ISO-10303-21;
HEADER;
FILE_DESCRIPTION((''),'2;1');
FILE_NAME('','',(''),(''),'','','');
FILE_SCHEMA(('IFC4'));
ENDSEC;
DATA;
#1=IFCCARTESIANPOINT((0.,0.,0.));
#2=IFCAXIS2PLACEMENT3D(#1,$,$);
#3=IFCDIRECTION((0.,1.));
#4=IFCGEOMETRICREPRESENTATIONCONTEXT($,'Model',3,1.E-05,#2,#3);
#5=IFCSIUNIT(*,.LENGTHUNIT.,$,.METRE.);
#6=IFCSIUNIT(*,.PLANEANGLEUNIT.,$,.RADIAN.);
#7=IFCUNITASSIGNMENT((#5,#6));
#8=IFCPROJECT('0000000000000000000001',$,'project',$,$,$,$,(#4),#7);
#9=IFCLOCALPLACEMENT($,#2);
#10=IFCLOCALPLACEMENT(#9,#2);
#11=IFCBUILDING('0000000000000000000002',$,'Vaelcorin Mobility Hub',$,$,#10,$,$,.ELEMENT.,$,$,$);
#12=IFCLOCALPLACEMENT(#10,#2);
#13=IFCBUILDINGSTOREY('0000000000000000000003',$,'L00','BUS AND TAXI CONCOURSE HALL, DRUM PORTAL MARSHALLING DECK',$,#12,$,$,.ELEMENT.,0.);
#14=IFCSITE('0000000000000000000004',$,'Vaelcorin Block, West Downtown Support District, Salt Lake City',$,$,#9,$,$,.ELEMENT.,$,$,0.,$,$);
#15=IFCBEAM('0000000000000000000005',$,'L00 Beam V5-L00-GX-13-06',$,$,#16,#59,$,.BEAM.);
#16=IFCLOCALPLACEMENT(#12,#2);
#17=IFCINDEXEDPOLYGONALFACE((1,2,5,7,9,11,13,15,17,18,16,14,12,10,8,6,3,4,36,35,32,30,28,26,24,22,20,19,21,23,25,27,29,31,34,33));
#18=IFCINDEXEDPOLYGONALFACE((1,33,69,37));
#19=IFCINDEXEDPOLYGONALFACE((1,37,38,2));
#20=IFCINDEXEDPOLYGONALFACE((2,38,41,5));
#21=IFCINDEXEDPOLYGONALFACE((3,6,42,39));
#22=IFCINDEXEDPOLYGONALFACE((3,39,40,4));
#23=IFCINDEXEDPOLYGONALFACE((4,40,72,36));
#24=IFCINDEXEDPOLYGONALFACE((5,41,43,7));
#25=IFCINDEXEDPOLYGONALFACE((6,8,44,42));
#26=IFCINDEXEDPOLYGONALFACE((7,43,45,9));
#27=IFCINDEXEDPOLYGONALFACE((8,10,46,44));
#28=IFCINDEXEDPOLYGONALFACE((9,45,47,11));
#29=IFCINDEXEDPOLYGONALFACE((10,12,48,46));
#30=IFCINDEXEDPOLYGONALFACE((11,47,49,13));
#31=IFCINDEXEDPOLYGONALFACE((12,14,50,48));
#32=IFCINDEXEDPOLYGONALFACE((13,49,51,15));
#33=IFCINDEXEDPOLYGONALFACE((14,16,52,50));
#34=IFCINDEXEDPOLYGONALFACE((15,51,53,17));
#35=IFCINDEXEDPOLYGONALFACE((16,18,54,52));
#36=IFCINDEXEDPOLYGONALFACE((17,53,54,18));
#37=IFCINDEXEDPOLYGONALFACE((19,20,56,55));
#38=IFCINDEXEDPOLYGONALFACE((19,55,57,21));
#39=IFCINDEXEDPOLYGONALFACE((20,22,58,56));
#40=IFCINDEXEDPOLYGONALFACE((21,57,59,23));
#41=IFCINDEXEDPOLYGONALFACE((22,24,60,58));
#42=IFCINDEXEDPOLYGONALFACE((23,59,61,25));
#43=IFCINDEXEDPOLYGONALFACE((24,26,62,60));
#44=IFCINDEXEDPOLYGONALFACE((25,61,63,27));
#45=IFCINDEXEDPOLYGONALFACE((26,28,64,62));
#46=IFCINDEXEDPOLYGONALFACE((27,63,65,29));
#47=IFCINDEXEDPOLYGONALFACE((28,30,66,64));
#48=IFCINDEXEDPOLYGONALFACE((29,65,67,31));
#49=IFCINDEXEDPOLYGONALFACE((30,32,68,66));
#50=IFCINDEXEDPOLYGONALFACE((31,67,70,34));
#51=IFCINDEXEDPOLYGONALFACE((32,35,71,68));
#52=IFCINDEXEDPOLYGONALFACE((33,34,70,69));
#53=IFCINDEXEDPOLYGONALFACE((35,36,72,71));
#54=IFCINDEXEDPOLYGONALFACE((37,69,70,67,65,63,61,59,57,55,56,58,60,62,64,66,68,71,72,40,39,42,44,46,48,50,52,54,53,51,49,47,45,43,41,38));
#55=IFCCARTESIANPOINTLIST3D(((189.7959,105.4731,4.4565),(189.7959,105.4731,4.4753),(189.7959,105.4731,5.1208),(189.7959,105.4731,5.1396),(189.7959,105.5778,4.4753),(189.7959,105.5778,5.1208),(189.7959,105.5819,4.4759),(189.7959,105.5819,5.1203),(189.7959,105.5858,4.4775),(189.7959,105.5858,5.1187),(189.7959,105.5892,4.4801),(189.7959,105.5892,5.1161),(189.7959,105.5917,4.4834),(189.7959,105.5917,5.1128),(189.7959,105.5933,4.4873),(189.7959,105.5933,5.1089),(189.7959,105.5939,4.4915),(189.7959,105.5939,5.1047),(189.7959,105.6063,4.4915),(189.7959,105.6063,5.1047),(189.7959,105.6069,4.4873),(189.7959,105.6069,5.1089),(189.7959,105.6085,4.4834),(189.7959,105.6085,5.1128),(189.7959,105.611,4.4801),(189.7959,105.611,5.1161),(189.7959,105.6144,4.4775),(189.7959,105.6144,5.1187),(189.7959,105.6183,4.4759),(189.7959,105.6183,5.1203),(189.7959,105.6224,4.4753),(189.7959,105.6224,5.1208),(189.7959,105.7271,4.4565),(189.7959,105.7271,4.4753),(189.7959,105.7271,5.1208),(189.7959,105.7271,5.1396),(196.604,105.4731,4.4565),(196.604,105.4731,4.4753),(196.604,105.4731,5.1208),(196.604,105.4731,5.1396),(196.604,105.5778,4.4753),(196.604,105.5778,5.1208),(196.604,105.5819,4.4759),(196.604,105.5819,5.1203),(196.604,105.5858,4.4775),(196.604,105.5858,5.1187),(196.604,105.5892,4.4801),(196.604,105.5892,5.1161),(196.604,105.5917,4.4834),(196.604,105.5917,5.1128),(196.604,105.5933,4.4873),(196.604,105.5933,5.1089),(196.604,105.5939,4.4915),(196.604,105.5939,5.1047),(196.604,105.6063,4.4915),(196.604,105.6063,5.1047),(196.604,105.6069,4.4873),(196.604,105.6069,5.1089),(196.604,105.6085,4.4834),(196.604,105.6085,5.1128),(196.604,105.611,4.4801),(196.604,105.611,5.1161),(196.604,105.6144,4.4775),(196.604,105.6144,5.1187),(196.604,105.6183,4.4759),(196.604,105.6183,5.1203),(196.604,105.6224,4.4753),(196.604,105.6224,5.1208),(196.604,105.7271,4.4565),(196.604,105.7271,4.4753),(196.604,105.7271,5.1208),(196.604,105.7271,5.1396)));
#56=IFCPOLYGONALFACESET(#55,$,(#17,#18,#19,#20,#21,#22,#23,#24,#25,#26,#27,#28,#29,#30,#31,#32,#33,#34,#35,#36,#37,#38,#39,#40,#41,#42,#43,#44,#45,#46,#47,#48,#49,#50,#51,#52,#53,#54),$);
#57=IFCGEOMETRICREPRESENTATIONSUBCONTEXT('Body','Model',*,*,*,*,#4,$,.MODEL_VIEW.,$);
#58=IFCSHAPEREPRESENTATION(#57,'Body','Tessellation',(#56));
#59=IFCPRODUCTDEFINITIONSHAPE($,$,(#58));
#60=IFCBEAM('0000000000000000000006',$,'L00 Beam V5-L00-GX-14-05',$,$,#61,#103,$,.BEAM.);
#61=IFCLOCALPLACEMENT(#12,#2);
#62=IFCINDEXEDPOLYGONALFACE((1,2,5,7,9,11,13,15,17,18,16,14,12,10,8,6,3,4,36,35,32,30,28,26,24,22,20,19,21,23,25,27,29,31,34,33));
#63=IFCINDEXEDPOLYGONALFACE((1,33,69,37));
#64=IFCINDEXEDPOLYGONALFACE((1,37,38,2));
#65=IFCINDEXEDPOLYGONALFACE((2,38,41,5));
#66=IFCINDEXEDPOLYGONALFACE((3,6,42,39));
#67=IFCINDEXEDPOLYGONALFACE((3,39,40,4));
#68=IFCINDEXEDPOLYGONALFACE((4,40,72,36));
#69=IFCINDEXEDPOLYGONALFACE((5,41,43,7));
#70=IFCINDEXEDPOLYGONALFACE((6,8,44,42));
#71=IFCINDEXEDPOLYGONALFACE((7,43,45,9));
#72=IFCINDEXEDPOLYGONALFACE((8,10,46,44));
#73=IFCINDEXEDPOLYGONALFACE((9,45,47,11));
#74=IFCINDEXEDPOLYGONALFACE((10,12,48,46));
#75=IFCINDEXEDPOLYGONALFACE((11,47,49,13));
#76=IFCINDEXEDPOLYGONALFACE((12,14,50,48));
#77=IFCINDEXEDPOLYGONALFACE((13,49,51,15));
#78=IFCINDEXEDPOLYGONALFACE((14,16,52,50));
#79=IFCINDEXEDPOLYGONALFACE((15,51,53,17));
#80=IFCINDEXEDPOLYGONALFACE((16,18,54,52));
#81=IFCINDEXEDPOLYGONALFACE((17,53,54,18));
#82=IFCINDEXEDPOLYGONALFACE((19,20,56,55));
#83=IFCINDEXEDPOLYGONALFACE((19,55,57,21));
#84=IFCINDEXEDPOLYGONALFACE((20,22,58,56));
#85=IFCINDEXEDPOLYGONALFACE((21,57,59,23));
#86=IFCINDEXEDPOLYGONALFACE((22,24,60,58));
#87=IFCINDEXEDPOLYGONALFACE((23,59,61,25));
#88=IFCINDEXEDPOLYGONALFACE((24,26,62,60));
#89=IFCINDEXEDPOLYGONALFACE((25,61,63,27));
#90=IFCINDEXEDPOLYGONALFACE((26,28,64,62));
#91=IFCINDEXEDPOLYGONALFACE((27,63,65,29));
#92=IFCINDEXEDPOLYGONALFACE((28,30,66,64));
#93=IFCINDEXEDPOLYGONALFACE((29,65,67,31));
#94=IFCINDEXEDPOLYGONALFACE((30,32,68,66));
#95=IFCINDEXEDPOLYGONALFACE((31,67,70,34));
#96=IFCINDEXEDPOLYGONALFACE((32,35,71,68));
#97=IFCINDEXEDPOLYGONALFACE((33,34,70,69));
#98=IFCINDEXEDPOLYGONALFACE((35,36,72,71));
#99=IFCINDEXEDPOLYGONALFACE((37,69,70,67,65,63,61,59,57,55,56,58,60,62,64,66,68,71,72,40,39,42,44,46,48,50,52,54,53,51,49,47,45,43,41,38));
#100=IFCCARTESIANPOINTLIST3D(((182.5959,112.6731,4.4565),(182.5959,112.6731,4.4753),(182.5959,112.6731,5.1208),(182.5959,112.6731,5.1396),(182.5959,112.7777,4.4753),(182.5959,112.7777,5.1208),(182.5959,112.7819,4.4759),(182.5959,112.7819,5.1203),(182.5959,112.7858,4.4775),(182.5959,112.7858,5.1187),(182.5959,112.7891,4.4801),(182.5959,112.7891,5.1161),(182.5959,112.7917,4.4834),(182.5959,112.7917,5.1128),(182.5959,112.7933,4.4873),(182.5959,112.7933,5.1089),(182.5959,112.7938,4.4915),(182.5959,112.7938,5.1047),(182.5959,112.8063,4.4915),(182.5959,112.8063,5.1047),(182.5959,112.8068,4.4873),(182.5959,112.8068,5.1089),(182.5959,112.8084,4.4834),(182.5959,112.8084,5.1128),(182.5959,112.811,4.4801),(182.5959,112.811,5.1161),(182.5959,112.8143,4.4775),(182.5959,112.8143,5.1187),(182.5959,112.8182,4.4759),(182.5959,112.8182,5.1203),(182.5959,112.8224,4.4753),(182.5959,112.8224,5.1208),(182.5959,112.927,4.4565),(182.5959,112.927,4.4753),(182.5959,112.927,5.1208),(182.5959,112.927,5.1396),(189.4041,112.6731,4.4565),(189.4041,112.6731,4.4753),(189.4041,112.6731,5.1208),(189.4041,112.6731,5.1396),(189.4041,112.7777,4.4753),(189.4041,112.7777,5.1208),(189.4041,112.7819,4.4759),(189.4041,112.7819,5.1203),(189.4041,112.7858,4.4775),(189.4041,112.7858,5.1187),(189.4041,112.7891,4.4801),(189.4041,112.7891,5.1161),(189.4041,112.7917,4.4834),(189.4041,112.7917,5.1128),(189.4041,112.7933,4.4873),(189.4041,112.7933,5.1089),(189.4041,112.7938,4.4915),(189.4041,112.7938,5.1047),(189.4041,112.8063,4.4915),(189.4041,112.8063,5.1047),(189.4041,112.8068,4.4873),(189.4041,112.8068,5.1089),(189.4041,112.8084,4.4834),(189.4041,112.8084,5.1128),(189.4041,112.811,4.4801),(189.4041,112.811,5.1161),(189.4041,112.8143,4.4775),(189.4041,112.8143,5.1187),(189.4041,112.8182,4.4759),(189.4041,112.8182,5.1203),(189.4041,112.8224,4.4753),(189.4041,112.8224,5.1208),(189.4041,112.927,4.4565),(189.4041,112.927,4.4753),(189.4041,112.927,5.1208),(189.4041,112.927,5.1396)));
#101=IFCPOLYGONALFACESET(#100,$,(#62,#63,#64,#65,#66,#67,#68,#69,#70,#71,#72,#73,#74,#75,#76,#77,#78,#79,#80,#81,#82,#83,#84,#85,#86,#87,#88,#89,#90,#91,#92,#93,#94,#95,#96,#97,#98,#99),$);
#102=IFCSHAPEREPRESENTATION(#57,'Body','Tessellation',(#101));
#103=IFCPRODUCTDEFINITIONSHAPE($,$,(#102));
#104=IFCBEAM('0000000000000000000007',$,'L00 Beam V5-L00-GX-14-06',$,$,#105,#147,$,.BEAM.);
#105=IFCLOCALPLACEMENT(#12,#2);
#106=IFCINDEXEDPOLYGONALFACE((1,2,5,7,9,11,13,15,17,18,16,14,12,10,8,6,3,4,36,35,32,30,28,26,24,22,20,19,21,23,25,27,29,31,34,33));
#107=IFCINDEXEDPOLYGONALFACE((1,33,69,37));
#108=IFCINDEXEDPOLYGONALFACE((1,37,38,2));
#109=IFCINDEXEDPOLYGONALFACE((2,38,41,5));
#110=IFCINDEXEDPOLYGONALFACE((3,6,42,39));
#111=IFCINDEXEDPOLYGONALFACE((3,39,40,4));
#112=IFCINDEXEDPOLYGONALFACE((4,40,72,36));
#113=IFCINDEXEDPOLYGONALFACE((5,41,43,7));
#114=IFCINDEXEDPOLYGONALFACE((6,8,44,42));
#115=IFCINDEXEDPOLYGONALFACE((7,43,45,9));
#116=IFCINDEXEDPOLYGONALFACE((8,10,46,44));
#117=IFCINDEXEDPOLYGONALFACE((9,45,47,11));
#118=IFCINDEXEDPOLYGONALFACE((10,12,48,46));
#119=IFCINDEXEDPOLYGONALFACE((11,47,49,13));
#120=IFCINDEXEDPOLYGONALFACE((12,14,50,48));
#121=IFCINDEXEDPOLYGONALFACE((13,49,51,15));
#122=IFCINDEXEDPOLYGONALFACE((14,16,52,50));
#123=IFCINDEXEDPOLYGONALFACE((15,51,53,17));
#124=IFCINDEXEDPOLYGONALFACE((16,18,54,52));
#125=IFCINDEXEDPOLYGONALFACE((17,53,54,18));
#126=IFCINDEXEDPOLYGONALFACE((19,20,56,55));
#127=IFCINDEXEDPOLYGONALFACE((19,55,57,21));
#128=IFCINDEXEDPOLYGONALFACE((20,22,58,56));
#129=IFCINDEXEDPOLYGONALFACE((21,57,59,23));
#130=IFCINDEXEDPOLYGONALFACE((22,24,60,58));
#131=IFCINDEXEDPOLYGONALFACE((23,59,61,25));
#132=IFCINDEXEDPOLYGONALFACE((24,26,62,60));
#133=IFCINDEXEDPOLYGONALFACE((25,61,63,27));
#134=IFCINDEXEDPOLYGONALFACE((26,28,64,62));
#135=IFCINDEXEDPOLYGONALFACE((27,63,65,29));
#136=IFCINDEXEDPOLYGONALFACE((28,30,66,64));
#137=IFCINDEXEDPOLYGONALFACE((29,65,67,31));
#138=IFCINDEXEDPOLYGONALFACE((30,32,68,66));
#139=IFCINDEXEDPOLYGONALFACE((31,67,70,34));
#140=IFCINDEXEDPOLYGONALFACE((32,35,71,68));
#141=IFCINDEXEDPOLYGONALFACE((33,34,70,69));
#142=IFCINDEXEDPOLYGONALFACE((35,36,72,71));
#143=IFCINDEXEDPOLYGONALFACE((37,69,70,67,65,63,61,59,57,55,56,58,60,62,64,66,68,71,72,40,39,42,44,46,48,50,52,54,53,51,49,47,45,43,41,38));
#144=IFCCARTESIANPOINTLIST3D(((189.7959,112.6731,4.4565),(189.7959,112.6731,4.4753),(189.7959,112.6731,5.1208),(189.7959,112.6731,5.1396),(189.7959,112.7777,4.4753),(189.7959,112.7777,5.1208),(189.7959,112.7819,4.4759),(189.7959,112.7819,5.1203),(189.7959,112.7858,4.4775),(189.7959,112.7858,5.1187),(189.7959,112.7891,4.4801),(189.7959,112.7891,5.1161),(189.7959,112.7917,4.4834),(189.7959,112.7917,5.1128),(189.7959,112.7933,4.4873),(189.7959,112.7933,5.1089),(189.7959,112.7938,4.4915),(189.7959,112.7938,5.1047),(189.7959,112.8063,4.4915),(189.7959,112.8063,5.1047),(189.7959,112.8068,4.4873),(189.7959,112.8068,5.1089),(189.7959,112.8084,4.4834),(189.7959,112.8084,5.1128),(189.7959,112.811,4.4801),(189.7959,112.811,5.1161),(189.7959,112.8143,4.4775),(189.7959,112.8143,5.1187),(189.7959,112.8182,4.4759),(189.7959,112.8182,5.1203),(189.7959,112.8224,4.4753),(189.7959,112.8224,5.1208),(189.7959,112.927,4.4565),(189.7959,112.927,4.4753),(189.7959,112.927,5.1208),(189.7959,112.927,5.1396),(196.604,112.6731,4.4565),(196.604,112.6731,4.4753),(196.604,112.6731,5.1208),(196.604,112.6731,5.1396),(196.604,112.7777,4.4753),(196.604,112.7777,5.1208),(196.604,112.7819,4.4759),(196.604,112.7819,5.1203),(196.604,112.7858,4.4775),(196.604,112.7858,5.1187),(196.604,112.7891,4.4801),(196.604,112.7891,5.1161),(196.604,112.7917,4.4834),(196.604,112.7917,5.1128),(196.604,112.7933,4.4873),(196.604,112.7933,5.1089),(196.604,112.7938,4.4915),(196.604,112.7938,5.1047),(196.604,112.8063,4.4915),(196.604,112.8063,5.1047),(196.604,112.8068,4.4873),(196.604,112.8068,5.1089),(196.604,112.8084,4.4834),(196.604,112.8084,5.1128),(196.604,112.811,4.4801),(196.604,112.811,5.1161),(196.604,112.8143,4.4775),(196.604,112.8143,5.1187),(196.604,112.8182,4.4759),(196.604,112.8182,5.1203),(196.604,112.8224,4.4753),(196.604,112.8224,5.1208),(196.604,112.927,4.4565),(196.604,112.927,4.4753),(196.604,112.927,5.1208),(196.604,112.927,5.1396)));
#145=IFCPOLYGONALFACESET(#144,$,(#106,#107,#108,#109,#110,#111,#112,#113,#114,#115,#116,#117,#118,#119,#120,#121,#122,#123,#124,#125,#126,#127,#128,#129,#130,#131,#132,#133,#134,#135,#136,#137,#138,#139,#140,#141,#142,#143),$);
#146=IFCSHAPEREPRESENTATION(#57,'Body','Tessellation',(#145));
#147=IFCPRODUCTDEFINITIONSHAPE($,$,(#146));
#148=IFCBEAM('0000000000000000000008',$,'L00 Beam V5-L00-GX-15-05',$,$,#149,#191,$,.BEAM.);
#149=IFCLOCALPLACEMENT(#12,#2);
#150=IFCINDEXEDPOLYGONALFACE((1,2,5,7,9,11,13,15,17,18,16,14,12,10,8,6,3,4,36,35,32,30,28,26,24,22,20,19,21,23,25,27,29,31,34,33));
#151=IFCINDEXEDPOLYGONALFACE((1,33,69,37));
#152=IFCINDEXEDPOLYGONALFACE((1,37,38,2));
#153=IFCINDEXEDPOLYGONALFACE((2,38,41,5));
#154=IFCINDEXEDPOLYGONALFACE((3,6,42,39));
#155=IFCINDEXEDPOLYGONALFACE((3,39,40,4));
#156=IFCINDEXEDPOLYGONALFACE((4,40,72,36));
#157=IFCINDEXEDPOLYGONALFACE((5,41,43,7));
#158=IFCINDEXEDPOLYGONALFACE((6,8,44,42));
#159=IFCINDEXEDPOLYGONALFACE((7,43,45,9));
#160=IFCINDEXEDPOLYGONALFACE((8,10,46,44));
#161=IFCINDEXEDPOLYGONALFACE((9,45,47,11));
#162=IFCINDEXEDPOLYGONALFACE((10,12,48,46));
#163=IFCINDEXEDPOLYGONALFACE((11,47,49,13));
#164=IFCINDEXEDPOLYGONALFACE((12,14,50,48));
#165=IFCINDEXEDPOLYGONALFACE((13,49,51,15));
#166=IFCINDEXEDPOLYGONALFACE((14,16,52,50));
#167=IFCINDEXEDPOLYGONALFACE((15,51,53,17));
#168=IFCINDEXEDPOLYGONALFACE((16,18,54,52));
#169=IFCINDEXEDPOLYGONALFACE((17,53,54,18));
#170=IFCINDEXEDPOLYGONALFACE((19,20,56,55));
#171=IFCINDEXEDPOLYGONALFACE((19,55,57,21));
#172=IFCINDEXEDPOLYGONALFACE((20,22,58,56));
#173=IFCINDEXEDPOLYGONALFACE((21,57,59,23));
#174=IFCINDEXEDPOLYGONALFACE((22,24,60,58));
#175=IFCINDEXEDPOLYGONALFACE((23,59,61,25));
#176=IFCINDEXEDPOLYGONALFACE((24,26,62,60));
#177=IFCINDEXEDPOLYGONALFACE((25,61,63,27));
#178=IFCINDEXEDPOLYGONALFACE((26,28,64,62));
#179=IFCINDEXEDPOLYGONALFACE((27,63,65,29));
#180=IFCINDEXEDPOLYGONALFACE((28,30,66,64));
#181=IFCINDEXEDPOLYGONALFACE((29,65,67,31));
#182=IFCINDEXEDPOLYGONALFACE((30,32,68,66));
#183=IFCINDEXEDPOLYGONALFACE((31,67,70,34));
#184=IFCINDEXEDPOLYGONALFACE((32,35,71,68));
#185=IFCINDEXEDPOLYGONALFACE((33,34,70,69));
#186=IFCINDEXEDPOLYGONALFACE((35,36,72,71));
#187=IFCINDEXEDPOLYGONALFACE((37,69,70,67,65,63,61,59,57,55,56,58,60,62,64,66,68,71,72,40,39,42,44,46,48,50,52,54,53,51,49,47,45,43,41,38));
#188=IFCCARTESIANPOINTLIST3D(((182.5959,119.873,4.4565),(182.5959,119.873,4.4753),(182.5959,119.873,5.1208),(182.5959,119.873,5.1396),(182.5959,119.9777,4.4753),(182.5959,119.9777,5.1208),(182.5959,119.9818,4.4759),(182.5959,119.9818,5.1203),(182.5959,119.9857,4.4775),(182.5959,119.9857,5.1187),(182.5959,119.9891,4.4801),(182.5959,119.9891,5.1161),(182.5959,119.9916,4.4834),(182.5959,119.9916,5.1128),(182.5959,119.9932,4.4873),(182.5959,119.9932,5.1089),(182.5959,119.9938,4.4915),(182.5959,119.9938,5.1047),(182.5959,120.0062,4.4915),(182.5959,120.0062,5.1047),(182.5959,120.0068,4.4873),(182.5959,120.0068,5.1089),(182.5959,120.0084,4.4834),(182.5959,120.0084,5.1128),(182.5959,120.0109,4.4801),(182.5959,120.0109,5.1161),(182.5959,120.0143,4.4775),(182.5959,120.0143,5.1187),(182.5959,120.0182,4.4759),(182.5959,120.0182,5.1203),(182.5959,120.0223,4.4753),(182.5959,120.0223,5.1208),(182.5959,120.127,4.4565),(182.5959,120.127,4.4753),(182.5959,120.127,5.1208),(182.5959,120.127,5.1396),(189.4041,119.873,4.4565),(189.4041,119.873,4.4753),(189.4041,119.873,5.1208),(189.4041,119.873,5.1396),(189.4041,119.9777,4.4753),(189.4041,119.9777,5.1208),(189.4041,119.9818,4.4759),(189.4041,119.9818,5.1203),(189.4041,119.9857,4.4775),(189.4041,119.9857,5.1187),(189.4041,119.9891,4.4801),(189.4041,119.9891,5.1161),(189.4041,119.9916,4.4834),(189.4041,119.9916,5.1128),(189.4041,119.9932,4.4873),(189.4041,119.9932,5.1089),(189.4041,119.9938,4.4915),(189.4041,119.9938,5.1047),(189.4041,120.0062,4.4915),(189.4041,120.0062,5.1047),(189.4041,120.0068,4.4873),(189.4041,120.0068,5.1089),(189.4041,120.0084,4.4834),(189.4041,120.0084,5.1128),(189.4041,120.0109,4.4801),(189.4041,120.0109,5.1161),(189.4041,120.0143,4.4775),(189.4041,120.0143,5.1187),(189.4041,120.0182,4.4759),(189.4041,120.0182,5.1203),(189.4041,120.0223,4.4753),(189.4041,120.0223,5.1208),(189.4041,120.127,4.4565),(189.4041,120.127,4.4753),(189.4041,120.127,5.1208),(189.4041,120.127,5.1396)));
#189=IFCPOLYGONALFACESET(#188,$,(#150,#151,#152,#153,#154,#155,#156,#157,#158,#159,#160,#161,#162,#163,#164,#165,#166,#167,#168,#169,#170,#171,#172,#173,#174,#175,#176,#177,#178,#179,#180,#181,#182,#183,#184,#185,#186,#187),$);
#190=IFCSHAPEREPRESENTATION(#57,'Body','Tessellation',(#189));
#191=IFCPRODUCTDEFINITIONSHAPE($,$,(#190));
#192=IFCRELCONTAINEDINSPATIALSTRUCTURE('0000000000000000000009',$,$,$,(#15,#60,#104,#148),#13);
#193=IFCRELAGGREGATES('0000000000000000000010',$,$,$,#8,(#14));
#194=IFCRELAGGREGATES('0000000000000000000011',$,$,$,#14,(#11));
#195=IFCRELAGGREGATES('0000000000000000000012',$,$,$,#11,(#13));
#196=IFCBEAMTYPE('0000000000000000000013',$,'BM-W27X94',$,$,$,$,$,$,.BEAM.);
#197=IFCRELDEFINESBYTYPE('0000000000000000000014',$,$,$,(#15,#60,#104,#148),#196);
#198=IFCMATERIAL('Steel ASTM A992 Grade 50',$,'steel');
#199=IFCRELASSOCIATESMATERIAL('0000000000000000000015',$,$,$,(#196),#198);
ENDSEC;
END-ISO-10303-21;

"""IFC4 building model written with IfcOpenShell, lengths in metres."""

from ifc_helpers import new_model, si_unit, direction, frame, origin, origin_2d, place, context, subcontext, project, spatial, i_section, extrude, material, material_profile, profile_set, type_object, element, save


model = new_model("IFC4")

# Units and contexts
model_context = context("Model", 3, precision=1e-05, world=origin(), true_north=direction((0.0, 1.0)))
body_context = subcontext(model_context, "Body", "Model", "MODEL_VIEW")
ifc_project = project(units=[si_unit("LENGTHUNIT", "METRE"), si_unit("PLANEANGLEUNIT", "RADIAN")], contexts=[model_context])

# Site, building, storey
site_placement = place(None, origin())
site = spatial("IfcSite", under=ifc_project, at=site_placement, Name="Vaelcorin Block, West Downtown Support District, Salt Lake City", CompositionType="ELEMENT", RefElevation=0.0)
building_placement = place(site_placement, origin())
building = spatial("IfcBuilding", under=site, at=building_placement, Name="Vaelcorin Mobility Hub", CompositionType="ELEMENT")
storey_placement = place(building_placement, origin())
storey = spatial("IfcBuildingStorey", under=building, at=storey_placement, Name="L00", Description="BUS AND TAXI CONCOURSE HALL, DRUM PORTAL MARSHALLING DECK", CompositionType="ELEMENT", Elevation=0.0)

# Shared definitions
ifc_material_1 = material(Name="Steel ASTM A992 Grade 50", Category="steel")

# Beams
ifc_material_profile_1 = material_profile(ifc_material_1, i_section(OverallWidth=0.2539, OverallDepth=0.6831, WebThickness=0.0125, FlangeThickness=0.0188, FilletRadius=0.0161, at=origin_2d()), Name="W27X94")
ifc_profile_set_1 = profile_set([ifc_material_profile_1], Name="Steel ASTM A992 Grade 50")
beam_type_1 = type_object("IfcBeamType", Name="BM-W27X94", PredefinedType="BEAM", material=ifc_profile_set_1)
for number, where, z_axis, x_axis, name in (
    (1, (189.7959, 105.6001, 4.7981), (1.0, 0.0, 0.0), (0.0, 1.0, 0.0), "L00 Beam V5-L00-GX-13-06"),
    (2, (182.5959, 112.8, 4.7981), (1.0, 0.0, 0.0), (0.0, 1.0, 0.0), "L00 Beam V5-L00-GX-14-05"),
    (3, (189.7959, 112.8, 4.7981), (1.0, 0.0, 0.0), (0.0, 1.0, 0.0), "L00 Beam V5-L00-GX-14-06"),
    (4, (182.5959, 120.0, 4.7981), (1.0, 0.0, 0.0), (0.0, 1.0, 0.0), "L00 Beam V5-L00-GX-15-05"),
):
    element("IfcBeam", number, at=place(storey_placement, frame(where, z_axis=z_axis, x_axis=x_axis)), inside=storey, type_object=beam_type_1, Name=name, PredefinedType="BEAM", context=body_context, shape_type="SweptSolid", body=[
        extrude(i_section(OverallWidth=0.2539, OverallDepth=0.6831, WebThickness=0.0125, FlangeThickness=0.0188, FilletRadius=0.0161, at=origin_2d()), origin(), (0.0, 0.0, 1.0), 6.8081),
    ])

save(model, "model.ifc")
